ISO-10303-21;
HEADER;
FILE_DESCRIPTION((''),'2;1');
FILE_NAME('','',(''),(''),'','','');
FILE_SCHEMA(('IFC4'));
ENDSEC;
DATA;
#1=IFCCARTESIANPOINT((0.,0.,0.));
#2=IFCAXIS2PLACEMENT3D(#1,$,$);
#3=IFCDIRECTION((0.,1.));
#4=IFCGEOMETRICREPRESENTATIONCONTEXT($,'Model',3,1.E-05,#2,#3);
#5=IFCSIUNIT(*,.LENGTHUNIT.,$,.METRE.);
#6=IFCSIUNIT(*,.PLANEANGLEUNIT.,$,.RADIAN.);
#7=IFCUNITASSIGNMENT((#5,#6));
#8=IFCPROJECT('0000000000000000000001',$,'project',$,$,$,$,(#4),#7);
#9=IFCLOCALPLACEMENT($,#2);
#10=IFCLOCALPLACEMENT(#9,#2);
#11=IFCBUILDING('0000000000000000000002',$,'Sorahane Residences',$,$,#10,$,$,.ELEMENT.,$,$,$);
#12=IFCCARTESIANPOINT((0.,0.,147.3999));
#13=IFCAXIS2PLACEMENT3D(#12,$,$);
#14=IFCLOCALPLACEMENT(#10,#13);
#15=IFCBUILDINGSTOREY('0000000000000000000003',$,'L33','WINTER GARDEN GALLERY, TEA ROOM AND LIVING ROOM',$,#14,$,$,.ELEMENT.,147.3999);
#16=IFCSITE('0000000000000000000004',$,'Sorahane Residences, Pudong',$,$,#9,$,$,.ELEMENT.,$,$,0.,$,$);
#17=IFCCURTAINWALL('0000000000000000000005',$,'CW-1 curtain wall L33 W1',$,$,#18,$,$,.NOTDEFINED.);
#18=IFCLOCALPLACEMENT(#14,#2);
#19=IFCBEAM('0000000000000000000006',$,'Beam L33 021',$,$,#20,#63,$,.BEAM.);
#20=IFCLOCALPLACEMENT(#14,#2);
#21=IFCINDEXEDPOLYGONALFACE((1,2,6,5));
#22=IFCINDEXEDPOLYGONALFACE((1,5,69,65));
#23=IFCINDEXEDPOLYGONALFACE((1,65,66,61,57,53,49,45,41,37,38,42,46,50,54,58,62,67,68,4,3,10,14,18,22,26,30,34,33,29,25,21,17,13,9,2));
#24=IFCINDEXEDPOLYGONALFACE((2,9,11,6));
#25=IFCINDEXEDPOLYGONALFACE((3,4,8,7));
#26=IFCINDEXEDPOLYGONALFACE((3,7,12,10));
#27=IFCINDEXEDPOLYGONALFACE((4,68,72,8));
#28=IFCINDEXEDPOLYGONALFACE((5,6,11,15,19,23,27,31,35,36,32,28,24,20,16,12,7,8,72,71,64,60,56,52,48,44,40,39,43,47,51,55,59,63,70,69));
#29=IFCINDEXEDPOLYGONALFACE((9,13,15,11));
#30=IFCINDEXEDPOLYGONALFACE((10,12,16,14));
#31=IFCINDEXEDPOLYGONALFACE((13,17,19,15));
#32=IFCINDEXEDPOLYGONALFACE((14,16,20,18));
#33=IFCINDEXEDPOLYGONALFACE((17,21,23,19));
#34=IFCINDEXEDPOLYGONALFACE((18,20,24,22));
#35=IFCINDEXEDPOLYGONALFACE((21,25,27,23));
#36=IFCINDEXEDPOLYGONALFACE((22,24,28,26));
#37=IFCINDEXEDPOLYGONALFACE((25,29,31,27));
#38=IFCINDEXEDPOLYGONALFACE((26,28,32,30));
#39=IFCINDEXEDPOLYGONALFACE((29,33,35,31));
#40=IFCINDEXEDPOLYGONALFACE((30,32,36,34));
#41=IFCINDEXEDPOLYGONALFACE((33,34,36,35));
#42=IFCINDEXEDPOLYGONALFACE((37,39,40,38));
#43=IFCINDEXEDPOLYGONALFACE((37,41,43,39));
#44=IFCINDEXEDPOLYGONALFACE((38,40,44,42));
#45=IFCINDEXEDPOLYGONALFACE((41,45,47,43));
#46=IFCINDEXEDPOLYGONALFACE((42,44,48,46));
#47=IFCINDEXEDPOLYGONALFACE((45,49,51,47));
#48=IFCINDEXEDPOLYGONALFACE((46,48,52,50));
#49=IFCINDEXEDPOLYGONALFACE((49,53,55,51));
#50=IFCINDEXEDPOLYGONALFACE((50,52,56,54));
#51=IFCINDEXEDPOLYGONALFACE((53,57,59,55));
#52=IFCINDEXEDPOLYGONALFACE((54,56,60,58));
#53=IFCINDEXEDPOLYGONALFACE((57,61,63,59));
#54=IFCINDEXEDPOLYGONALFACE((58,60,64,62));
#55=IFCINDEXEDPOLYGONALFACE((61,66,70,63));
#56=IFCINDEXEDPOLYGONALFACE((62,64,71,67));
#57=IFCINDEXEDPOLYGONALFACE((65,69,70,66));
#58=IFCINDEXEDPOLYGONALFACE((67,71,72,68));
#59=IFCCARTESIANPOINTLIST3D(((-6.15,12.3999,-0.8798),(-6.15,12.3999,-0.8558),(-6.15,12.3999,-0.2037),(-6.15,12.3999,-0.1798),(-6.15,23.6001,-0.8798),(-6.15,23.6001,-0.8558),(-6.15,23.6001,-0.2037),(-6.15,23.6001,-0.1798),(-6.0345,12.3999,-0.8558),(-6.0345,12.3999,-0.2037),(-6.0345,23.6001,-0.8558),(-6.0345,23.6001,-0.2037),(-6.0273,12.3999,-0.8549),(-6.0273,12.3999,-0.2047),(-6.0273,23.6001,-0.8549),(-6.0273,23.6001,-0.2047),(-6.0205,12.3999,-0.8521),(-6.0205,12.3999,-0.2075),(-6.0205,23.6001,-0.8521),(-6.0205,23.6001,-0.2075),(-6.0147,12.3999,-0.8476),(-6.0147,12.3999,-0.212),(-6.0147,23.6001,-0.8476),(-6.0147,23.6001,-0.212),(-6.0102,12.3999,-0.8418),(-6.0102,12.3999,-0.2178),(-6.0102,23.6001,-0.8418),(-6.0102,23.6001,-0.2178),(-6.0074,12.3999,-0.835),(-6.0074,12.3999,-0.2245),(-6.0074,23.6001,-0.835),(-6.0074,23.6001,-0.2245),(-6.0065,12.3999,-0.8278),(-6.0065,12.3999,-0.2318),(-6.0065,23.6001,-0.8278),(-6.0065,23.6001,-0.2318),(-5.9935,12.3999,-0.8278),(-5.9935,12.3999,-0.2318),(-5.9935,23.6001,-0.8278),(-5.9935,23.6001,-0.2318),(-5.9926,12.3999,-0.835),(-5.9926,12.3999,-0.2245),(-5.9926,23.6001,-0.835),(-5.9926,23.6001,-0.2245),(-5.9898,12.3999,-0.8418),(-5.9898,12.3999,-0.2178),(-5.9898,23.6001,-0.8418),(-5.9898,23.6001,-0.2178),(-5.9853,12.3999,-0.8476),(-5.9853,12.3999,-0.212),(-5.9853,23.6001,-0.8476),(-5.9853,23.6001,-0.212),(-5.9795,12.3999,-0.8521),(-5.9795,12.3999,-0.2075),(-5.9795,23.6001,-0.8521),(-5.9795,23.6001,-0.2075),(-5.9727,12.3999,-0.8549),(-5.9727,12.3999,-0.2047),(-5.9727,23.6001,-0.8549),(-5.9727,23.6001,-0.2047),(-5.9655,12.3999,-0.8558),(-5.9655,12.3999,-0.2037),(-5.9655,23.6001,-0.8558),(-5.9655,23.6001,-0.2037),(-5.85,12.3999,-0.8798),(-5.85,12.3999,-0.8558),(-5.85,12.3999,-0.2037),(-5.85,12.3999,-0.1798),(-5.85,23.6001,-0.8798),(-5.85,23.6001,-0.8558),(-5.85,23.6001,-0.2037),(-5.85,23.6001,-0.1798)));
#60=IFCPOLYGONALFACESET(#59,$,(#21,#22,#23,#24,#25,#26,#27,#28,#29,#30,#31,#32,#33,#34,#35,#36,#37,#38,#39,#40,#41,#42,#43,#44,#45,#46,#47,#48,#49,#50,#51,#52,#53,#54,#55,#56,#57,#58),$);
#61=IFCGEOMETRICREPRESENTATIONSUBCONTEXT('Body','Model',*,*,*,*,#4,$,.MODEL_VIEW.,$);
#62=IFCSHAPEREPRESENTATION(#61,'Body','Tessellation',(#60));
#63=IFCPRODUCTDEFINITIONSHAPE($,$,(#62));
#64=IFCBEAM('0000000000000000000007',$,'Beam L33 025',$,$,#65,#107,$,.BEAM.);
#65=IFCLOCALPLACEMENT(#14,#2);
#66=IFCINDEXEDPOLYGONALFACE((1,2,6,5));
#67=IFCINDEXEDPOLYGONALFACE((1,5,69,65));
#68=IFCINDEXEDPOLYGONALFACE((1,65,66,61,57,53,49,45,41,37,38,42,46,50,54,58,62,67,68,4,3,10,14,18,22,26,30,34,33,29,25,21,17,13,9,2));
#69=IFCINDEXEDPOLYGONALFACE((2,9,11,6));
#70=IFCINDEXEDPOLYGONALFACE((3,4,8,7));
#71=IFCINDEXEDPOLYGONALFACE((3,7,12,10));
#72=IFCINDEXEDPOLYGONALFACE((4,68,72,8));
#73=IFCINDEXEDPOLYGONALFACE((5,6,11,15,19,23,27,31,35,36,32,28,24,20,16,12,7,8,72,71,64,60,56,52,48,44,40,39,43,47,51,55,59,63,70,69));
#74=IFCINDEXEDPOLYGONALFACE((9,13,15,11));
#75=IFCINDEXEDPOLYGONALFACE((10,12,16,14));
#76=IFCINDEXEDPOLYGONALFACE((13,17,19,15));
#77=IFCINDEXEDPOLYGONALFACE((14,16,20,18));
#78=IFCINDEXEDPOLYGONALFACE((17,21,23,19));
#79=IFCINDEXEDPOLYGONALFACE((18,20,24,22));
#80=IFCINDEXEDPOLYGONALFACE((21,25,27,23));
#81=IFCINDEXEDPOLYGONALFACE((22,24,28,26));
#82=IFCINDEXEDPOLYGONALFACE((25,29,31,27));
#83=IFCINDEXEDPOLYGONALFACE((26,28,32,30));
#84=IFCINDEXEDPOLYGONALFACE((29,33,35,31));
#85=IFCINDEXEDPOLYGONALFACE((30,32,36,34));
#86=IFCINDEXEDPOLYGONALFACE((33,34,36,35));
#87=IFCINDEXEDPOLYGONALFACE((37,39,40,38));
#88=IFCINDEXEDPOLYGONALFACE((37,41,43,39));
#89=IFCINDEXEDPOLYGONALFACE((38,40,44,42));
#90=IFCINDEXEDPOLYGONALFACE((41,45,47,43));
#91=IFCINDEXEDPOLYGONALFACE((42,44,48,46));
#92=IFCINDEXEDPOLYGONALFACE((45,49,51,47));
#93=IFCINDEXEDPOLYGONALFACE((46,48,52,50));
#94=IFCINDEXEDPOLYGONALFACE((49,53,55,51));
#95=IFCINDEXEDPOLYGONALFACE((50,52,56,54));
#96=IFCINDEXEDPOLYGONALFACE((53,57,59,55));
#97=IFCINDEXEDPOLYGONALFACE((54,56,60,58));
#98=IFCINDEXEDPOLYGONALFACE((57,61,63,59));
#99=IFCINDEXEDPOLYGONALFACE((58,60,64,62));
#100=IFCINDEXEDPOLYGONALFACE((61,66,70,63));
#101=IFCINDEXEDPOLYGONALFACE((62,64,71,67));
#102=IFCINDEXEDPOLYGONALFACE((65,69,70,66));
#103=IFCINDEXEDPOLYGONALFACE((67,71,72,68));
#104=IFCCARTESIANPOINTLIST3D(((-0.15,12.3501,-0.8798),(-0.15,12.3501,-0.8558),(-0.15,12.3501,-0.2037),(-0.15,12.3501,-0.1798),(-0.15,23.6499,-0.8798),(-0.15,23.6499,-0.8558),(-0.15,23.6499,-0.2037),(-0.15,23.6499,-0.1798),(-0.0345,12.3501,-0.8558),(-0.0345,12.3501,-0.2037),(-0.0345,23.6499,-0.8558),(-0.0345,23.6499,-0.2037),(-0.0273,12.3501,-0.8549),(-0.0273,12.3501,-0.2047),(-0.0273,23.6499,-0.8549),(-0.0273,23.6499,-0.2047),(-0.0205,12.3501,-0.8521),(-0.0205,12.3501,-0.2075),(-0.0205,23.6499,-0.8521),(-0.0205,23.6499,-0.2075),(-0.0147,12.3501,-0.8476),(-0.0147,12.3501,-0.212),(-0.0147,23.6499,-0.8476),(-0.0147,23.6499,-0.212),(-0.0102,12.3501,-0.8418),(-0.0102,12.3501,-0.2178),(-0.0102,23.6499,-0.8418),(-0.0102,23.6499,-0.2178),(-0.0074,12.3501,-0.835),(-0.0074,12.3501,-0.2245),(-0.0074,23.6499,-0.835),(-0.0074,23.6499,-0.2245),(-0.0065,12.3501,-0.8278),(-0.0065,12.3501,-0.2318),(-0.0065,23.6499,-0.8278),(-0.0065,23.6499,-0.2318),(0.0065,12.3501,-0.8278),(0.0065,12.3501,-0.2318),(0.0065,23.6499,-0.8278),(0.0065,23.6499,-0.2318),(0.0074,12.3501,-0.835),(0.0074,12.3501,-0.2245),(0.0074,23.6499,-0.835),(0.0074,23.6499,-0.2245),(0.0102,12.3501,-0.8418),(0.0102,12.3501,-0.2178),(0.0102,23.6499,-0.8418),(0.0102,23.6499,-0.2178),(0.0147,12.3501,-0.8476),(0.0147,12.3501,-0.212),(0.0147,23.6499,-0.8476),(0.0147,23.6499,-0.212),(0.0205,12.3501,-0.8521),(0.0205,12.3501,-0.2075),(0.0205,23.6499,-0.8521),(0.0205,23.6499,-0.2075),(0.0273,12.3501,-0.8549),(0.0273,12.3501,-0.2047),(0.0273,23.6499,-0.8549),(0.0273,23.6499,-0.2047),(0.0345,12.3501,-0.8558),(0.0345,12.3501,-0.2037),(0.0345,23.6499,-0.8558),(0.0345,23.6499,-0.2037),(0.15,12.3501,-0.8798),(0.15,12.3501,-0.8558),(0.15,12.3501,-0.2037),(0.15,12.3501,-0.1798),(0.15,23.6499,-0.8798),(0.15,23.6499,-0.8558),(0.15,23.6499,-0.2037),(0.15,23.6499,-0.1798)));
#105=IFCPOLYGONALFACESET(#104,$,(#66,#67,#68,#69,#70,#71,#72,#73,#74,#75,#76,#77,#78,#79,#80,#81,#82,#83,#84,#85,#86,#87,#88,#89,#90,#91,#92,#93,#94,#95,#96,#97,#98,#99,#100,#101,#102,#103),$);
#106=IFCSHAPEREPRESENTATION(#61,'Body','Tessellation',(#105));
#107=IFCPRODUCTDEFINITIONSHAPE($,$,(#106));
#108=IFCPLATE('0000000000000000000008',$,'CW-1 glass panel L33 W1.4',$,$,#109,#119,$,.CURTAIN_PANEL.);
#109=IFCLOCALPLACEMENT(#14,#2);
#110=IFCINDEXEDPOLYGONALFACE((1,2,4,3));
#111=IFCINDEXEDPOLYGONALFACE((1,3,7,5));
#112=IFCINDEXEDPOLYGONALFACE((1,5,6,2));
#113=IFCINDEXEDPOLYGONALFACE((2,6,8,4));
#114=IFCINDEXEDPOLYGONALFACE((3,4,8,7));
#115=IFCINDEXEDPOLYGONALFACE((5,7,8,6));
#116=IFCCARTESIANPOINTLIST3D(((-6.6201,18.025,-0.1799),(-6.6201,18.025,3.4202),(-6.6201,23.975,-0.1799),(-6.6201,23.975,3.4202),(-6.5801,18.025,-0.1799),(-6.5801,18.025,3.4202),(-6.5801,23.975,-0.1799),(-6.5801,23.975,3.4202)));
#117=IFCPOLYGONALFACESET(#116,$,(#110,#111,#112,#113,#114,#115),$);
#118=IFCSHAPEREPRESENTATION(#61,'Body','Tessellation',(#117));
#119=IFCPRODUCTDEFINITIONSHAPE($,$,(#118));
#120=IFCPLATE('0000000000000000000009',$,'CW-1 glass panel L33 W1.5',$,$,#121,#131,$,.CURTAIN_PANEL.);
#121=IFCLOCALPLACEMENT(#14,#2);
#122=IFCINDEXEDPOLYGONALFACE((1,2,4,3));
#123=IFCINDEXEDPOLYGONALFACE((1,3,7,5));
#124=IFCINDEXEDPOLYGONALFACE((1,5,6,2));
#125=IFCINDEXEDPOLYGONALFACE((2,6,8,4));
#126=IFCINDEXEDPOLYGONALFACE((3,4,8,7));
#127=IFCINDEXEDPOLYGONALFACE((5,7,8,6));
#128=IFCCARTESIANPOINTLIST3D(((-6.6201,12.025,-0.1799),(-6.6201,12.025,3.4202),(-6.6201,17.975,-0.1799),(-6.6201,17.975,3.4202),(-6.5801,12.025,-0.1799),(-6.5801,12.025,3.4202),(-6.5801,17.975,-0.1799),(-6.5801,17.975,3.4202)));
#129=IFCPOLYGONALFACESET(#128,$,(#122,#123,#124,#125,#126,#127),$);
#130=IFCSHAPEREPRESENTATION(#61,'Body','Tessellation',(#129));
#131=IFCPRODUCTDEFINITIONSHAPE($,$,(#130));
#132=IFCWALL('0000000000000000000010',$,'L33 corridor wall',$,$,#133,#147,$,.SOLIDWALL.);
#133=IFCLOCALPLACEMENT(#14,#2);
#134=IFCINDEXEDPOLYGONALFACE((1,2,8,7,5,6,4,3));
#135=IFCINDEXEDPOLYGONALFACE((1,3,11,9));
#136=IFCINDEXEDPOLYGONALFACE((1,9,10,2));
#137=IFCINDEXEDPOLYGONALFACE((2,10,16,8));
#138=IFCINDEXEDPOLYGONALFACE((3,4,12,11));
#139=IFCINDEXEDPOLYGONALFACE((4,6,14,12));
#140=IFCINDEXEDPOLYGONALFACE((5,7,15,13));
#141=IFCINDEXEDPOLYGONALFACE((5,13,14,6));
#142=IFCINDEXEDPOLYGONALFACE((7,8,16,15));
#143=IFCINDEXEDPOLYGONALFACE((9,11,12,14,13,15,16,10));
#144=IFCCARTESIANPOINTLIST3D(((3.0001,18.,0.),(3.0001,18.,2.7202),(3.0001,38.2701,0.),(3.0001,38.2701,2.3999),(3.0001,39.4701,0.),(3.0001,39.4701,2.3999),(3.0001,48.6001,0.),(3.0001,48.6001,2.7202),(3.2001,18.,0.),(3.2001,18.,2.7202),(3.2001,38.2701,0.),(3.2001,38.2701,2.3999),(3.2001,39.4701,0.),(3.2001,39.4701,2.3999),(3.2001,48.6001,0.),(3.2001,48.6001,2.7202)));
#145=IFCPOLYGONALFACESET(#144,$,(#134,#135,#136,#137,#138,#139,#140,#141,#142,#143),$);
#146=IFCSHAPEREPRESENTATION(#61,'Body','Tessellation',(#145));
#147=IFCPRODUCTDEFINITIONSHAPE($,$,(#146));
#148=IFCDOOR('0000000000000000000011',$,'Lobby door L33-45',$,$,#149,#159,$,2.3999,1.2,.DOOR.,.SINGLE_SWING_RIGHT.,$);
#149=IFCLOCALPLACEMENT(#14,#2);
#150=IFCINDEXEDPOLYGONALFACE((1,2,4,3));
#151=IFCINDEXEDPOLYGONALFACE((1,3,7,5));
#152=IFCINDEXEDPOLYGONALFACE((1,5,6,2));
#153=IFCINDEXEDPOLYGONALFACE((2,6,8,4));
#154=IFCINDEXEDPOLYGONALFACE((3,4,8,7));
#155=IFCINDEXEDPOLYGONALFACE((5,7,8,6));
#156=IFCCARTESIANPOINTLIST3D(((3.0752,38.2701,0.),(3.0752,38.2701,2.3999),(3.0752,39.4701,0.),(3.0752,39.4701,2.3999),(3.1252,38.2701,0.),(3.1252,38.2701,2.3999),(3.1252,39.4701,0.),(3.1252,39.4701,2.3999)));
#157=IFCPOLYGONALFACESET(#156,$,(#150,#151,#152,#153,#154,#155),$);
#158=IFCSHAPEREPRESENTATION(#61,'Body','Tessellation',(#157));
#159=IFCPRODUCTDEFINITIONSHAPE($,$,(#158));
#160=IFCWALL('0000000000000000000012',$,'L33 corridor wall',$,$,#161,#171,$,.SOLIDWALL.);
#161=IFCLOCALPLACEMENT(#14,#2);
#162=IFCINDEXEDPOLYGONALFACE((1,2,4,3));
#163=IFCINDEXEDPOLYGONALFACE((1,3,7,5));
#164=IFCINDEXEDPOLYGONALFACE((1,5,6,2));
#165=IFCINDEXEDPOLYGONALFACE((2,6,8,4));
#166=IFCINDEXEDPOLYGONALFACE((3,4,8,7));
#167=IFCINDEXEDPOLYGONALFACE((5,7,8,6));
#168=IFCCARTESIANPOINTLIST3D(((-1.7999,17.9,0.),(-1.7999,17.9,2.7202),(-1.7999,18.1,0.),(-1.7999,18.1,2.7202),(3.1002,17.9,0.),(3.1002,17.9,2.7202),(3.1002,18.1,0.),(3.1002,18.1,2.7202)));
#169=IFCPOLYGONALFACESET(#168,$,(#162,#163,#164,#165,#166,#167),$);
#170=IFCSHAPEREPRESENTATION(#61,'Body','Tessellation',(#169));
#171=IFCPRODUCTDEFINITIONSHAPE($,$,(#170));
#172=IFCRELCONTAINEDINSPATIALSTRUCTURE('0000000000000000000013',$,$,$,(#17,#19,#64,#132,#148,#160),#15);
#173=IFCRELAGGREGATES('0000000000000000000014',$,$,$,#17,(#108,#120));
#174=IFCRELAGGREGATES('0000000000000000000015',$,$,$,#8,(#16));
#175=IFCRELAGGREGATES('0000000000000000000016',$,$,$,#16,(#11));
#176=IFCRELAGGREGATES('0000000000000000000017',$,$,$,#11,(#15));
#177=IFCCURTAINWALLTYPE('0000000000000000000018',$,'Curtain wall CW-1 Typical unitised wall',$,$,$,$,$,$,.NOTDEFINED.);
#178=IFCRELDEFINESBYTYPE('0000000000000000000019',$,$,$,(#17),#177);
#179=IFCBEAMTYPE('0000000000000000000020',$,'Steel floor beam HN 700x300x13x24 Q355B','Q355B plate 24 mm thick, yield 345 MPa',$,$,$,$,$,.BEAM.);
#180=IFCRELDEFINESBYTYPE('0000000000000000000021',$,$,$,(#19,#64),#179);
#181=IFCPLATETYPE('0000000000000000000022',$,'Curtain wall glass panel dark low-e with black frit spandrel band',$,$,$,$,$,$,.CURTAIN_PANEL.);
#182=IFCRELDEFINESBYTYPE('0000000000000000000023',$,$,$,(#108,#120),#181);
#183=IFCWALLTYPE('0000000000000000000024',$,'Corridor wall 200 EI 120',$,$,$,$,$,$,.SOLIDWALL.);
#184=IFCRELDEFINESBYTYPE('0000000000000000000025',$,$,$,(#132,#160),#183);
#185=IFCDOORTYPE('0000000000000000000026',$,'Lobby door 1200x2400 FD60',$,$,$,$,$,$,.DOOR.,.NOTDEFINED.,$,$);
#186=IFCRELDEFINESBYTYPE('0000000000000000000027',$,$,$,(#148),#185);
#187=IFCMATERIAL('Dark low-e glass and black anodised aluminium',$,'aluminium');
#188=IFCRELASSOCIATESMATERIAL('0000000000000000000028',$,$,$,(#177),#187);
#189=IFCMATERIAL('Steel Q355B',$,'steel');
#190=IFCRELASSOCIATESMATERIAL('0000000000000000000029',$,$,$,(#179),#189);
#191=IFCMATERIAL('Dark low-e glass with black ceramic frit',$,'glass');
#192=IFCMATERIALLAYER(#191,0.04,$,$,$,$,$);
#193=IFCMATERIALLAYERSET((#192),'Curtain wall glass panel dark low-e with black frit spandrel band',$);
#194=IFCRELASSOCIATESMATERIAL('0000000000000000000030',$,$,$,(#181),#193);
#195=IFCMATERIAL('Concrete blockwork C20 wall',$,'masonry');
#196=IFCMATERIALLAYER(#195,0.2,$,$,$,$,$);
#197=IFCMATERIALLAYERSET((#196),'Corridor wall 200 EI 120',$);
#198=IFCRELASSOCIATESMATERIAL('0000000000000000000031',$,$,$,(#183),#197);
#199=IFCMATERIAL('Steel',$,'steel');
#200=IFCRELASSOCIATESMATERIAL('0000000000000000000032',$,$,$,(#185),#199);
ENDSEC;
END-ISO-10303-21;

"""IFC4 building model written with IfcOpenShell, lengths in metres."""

from ifc_helpers import new_model, si_unit, direction, frame, frame_2d, origin, origin_2d, place, context, subcontext, project, spatial, rectangle, i_section, extrude, material, layer, layer_set, material_profile, profile_set, type_object, element, fill, aggregate, save


model = new_model("IFC4")

# Units and contexts
model_context = context("Model", 3, precision=1e-05, world=origin(), true_north=direction((0.0, 1.0)))
body_context = subcontext(model_context, "Body", "Model", "MODEL_VIEW")
ifc_project = project(units=[si_unit("LENGTHUNIT", "METRE"), si_unit("PLANEANGLEUNIT", "RADIAN")], contexts=[model_context])

# Site, building, storey
site_placement = place(None, origin())
site = spatial("IfcSite", under=ifc_project, at=site_placement, Name="Sorahane Residences, Pudong", CompositionType="ELEMENT", RefElevation=0.0)
building_placement = place(site_placement, origin())
building = spatial("IfcBuilding", under=site, at=building_placement, Name="Sorahane Residences", CompositionType="ELEMENT")
storey_placement = place(building_placement, frame((0.0, 0.0, 147.3999)))
storey = spatial("IfcBuildingStorey", under=building, at=storey_placement, Name="L33", Description="WINTER GARDEN GALLERY, TEA ROOM AND LIVING ROOM", CompositionType="ELEMENT", Elevation=147.3999)

# Curtain wall
ifc_material_1 = material(Name="Dark low-e glass and black anodised aluminium", Category="aluminium")
curtain_wall_type = type_object("IfcCurtainWallType", Name="Curtain wall CW-1 Typical unitised wall", PredefinedType="NOTDEFINED", material=ifc_material_1)
curtain_wall_placement = place(storey_placement, origin())
curtain_wall = element("IfcCurtainWall", 1, at=curtain_wall_placement, inside=storey, type_object=curtain_wall_type, Name="CW-1 curtain wall L33 W1", PredefinedType="NOTDEFINED")

# Beams
ifc_material_2 = material(Name="Steel Q355B", Category="steel")
ifc_material_profile_1 = material_profile(ifc_material_2, i_section(OverallWidth=0.3, OverallDepth=0.7, WebThickness=0.0129, FlangeThickness=0.0239, FilletRadius=0.0281, at=origin_2d()), Name="HN 700x300x13x24")
ifc_profile_set_1 = profile_set([ifc_material_profile_1], Name="Steel Q355B")
beam_type_1 = type_object("IfcBeamType", Name="Steel floor beam HN 700x300x13x24 Q355B", Description="Q355B plate 24 mm thick, yield 345 MPa", PredefinedType="BEAM", material=ifc_profile_set_1)
beam_1_placement = place(storey_placement, frame((-6.0, 12.3999, -0.5298), z_axis=(0.0, 1.0, 0.0), x_axis=(-1.0, 0.0, 0.0)))
element("IfcBeam", 2, at=beam_1_placement, inside=storey, type_object=beam_type_1, Name="Beam L33 021", PredefinedType="BEAM", context=body_context, shape_type="SweptSolid", body=[
    extrude(i_section(OverallWidth=0.3, OverallDepth=0.7, WebThickness=0.0129, FlangeThickness=0.0239, FilletRadius=0.0281, at=origin_2d()), origin(), (0.0, 0.0, 1.0), 11.2002),
])
beam_2_placement = place(storey_placement, frame((0.0, 12.3501, -0.5298), z_axis=(0.0, 1.0, 0.0), x_axis=(-1.0, 0.0, 0.0)))
element("IfcBeam", 3, at=beam_2_placement, inside=storey, type_object=beam_type_1, Name="Beam L33 025", PredefinedType="BEAM", context=body_context, shape_type="SweptSolid", body=[
    extrude(i_section(OverallWidth=0.3, OverallDepth=0.7, WebThickness=0.0129, FlangeThickness=0.0239, FilletRadius=0.0281, at=origin_2d()), origin(), (0.0, 0.0, 1.0), 11.2998),
])

# Plates
ifc_material_3 = material(Name="Dark low-e glass with black ceramic frit", Category="glass")
ifc_layer_1 = layer(ifc_material_3, 0.04)
ifc_layer_set_1 = layer_set([ifc_layer_1], Name="Curtain wall glass panel dark low-e with black frit spandrel band")
plate_type = type_object("IfcPlateType", Name="Curtain wall glass panel dark low-e with black frit spandrel band", PredefinedType="CURTAIN_PANEL", material=ifc_layer_set_1)
plate_1_placement = place(storey_placement, frame((-6.6001, 21.0, -0.1799), z_axis=(0.0, 0.0, 1.0), x_axis=(0.0, -1.0, 0.0)))
plate_1 = element("IfcPlate", 4, at=plate_1_placement, type_object=plate_type, Name="CW-1 glass panel L33 W1.4", PredefinedType="CURTAIN_PANEL", context=body_context, shape_type="SweptSolid", body=[
    extrude(rectangle(XDim=5.95, YDim=0.04, at=origin_2d()), origin(), (0.0, 0.0, 1.0), 3.6001),
])
plate_2_placement = place(storey_placement, frame((-6.6001, 15.0, -0.1799), z_axis=(0.0, 0.0, 1.0), x_axis=(0.0, -1.0, 0.0)))
plate_2 = element("IfcPlate", 5, at=plate_2_placement, type_object=plate_type, Name="CW-1 glass panel L33 W1.5", PredefinedType="CURTAIN_PANEL", context=body_context, shape_type="SweptSolid", body=[
    extrude(rectangle(XDim=5.95, YDim=0.04, at=origin_2d()), origin(), (0.0, 0.0, 1.0), 3.6001),
])
aggregate(curtain_wall, [plate_1, plate_2])

# Wall, opening, door
ifc_material_4 = material(Name="Concrete blockwork C20 wall", Category="masonry")
ifc_layer_2 = layer(ifc_material_4, 0.2)
ifc_layer_set_2 = layer_set([ifc_layer_2], Name="Corridor wall 200 EI 120")
wall_type_1 = type_object("IfcWallType", Name="Corridor wall 200 EI 120", PredefinedType="SOLIDWALL", material=ifc_layer_set_2)
wall_1_placement = place(storey_placement, frame((3.1001, 18.0, 0.0), z_axis=(0.0, 0.0, 1.0), x_axis=(0.0, 1.0, 0.0)))
wall_1 = element("IfcWall", 6, at=wall_1_placement, inside=storey, type_object=wall_type_1, Name="L33 corridor wall", PredefinedType="SOLIDWALL", context=body_context, shape_type="SweptSolid", body=[
    extrude(rectangle(XDim=30.6001, YDim=0.2, at=frame_2d((15.3, 0.0))), origin(), (0.0, 0.0, 1.0), 2.7202),
])
opening_1_placement = place(wall_1_placement, frame((20.27, 0.0, 0.0)))
opening_1 = element("IfcOpeningElement", 7, at=opening_1_placement, cuts=wall_1, PredefinedType="OPENING", context=body_context, shape_type="SweptSolid", body=[
    extrude(rectangle(XDim=1.2, YDim=2.3999, at=frame_2d((0.6001, 1.2))), frame((0.0, 0.1099, 0.0), z_axis=(0.0, -1.0, 0.0), x_axis=(1.0, 0.0, 0.0)), (0.0, 0.0, 1.0), 0.22),
])
ifc_material_5 = material(Name="Steel", Category="steel")
door_type_1 = type_object("IfcDoorType", Name="Lobby door 1200x2400 FD60", OperationType="NOTDEFINED", PredefinedType="DOOR", material=ifc_material_5)
door_1_placement = place(opening_1_placement, origin())
door_1 = element("IfcDoor", 8, at=door_1_placement, inside=storey, type_object=door_type_1, Name="Lobby door L33-45", OperationType="SINGLE_SWING_RIGHT", OverallHeight=2.3999, OverallWidth=1.2, PredefinedType="DOOR", context=body_context, shape_type="SweptSolid", body=[
    extrude(rectangle(XDim=1.2, YDim=2.3999, at=frame_2d((0.6001, 1.2))), frame((0.0, 0.0249, 0.0), z_axis=(0.0, -1.0, 0.0), x_axis=(1.0, 0.0, 0.0)), (0.0, 0.0, 1.0), 0.05),
])
fill(opening_1, door_1)

# Wall
wall_2_placement = place(storey_placement, frame((-1.8, 18.0, 0.0), z_axis=(0.0, 0.0, 1.0), x_axis=(1.0, 0.0, 0.0)))
element("IfcWall", 9, at=wall_2_placement, inside=storey, type_object=wall_type_1, Name="L33 corridor wall", PredefinedType="SOLIDWALL", context=body_context, shape_type="SweptSolid", body=[
    extrude(rectangle(XDim=4.9001, YDim=0.2, at=frame_2d((2.4502, 0.0))), origin(), (0.0, 0.0, 1.0), 2.7202),
])

save(model, "model.ifc")
